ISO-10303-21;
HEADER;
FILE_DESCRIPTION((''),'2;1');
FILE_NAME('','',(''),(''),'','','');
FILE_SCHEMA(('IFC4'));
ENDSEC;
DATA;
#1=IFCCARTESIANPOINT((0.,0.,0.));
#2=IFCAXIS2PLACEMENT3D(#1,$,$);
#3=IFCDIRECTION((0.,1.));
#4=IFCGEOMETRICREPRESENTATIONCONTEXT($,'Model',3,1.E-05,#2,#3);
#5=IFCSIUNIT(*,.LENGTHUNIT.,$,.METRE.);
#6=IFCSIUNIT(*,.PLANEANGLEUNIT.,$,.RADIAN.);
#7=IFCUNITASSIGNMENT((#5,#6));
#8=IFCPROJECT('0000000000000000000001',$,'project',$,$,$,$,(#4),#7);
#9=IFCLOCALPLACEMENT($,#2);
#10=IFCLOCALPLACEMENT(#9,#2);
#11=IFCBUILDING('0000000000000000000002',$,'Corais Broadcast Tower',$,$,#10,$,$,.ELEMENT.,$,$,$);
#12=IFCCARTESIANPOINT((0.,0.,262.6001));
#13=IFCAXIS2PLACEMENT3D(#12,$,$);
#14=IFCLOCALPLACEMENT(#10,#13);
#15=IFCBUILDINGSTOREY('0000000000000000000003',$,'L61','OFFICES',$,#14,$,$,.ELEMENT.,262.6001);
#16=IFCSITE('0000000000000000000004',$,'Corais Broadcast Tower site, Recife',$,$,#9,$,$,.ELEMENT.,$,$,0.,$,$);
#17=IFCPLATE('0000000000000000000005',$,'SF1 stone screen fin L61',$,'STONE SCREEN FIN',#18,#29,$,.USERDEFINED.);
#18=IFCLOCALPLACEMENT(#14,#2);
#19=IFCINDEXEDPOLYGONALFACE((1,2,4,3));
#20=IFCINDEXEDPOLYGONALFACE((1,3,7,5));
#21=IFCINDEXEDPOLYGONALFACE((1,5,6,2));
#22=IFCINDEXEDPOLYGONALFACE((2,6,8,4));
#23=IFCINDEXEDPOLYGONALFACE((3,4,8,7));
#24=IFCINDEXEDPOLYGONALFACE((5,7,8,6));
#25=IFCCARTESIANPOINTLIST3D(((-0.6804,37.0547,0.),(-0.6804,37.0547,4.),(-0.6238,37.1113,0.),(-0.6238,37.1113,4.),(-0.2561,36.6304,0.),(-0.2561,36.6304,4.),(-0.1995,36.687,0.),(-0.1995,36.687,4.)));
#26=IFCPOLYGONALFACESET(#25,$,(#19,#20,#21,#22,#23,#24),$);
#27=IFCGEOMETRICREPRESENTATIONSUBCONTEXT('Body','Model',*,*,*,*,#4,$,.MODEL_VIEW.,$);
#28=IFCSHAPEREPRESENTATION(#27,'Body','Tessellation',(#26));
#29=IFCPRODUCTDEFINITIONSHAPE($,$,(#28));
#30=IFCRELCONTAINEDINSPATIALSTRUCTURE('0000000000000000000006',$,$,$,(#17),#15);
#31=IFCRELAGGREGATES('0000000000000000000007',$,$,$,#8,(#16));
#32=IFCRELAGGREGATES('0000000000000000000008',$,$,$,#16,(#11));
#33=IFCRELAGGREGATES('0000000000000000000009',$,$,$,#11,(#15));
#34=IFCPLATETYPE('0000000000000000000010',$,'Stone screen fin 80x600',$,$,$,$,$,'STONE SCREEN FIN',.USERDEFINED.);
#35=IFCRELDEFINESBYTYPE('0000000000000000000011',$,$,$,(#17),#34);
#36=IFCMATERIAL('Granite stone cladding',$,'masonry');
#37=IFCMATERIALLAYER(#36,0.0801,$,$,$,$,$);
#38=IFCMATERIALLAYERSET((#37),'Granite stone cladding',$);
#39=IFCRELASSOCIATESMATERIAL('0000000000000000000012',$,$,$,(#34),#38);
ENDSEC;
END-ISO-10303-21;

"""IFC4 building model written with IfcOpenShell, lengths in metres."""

from ifc_helpers import new_model, si_unit, direction, frame, origin, origin_2d, place, context, subcontext, project, spatial, rectangle, extrude, material, layer, layer_set, type_object, element, save


model = new_model("IFC4")

# Units and contexts
model_context = context("Model", 3, precision=1e-05, world=origin(), true_north=direction((0.0, 1.0)))
body_context = subcontext(model_context, "Body", "Model", "MODEL_VIEW")
ifc_project = project(units=[si_unit("LENGTHUNIT", "METRE"), si_unit("PLANEANGLEUNIT", "RADIAN")], contexts=[model_context])

# Site, building, storey
site_placement = place(None, origin())
site = spatial("IfcSite", under=ifc_project, at=site_placement, Name="Corais Broadcast Tower site, Recife", CompositionType="ELEMENT", RefElevation=0.0)
building_placement = place(site_placement, origin())
building = spatial("IfcBuilding", under=site, at=building_placement, Name="Corais Broadcast Tower", CompositionType="ELEMENT")
storey_placement = place(building_placement, frame((0.0, 0.0, 262.6001)))
storey = spatial("IfcBuildingStorey", under=building, at=storey_placement, Name="L61", Description="OFFICES", CompositionType="ELEMENT", Elevation=262.6001)

# Plate
ifc_material_1 = material(Name="Granite stone cladding", Category="masonry")
ifc_layer_1 = layer(ifc_material_1, 0.0801)
ifc_layer_set_1 = layer_set([ifc_layer_1], Name="Granite stone cladding")
plate_type_1 = type_object("IfcPlateType", Name="Stone screen fin 80x600", ElementType="STONE SCREEN FIN", PredefinedType="USERDEFINED", material=ifc_layer_set_1)
plate_1_placement = place(storey_placement, frame((-0.4399, 36.8708, 0.0), z_axis=(0.0, 0.0, 1.0), x_axis=(0.707107, 0.707107, 0.0)))
element("IfcPlate", 1, at=plate_1_placement, inside=storey, type_object=plate_type_1, Name="SF1 stone screen fin L61", ObjectType="STONE SCREEN FIN", PredefinedType="USERDEFINED", context=body_context, shape_type="SweptSolid", body=[
    extrude(rectangle(XDim=0.0801, YDim=0.6001, at=origin_2d()), origin(), (0.0, 0.0, 1.0), 4.0),
])

save(model, "model.ifc")
